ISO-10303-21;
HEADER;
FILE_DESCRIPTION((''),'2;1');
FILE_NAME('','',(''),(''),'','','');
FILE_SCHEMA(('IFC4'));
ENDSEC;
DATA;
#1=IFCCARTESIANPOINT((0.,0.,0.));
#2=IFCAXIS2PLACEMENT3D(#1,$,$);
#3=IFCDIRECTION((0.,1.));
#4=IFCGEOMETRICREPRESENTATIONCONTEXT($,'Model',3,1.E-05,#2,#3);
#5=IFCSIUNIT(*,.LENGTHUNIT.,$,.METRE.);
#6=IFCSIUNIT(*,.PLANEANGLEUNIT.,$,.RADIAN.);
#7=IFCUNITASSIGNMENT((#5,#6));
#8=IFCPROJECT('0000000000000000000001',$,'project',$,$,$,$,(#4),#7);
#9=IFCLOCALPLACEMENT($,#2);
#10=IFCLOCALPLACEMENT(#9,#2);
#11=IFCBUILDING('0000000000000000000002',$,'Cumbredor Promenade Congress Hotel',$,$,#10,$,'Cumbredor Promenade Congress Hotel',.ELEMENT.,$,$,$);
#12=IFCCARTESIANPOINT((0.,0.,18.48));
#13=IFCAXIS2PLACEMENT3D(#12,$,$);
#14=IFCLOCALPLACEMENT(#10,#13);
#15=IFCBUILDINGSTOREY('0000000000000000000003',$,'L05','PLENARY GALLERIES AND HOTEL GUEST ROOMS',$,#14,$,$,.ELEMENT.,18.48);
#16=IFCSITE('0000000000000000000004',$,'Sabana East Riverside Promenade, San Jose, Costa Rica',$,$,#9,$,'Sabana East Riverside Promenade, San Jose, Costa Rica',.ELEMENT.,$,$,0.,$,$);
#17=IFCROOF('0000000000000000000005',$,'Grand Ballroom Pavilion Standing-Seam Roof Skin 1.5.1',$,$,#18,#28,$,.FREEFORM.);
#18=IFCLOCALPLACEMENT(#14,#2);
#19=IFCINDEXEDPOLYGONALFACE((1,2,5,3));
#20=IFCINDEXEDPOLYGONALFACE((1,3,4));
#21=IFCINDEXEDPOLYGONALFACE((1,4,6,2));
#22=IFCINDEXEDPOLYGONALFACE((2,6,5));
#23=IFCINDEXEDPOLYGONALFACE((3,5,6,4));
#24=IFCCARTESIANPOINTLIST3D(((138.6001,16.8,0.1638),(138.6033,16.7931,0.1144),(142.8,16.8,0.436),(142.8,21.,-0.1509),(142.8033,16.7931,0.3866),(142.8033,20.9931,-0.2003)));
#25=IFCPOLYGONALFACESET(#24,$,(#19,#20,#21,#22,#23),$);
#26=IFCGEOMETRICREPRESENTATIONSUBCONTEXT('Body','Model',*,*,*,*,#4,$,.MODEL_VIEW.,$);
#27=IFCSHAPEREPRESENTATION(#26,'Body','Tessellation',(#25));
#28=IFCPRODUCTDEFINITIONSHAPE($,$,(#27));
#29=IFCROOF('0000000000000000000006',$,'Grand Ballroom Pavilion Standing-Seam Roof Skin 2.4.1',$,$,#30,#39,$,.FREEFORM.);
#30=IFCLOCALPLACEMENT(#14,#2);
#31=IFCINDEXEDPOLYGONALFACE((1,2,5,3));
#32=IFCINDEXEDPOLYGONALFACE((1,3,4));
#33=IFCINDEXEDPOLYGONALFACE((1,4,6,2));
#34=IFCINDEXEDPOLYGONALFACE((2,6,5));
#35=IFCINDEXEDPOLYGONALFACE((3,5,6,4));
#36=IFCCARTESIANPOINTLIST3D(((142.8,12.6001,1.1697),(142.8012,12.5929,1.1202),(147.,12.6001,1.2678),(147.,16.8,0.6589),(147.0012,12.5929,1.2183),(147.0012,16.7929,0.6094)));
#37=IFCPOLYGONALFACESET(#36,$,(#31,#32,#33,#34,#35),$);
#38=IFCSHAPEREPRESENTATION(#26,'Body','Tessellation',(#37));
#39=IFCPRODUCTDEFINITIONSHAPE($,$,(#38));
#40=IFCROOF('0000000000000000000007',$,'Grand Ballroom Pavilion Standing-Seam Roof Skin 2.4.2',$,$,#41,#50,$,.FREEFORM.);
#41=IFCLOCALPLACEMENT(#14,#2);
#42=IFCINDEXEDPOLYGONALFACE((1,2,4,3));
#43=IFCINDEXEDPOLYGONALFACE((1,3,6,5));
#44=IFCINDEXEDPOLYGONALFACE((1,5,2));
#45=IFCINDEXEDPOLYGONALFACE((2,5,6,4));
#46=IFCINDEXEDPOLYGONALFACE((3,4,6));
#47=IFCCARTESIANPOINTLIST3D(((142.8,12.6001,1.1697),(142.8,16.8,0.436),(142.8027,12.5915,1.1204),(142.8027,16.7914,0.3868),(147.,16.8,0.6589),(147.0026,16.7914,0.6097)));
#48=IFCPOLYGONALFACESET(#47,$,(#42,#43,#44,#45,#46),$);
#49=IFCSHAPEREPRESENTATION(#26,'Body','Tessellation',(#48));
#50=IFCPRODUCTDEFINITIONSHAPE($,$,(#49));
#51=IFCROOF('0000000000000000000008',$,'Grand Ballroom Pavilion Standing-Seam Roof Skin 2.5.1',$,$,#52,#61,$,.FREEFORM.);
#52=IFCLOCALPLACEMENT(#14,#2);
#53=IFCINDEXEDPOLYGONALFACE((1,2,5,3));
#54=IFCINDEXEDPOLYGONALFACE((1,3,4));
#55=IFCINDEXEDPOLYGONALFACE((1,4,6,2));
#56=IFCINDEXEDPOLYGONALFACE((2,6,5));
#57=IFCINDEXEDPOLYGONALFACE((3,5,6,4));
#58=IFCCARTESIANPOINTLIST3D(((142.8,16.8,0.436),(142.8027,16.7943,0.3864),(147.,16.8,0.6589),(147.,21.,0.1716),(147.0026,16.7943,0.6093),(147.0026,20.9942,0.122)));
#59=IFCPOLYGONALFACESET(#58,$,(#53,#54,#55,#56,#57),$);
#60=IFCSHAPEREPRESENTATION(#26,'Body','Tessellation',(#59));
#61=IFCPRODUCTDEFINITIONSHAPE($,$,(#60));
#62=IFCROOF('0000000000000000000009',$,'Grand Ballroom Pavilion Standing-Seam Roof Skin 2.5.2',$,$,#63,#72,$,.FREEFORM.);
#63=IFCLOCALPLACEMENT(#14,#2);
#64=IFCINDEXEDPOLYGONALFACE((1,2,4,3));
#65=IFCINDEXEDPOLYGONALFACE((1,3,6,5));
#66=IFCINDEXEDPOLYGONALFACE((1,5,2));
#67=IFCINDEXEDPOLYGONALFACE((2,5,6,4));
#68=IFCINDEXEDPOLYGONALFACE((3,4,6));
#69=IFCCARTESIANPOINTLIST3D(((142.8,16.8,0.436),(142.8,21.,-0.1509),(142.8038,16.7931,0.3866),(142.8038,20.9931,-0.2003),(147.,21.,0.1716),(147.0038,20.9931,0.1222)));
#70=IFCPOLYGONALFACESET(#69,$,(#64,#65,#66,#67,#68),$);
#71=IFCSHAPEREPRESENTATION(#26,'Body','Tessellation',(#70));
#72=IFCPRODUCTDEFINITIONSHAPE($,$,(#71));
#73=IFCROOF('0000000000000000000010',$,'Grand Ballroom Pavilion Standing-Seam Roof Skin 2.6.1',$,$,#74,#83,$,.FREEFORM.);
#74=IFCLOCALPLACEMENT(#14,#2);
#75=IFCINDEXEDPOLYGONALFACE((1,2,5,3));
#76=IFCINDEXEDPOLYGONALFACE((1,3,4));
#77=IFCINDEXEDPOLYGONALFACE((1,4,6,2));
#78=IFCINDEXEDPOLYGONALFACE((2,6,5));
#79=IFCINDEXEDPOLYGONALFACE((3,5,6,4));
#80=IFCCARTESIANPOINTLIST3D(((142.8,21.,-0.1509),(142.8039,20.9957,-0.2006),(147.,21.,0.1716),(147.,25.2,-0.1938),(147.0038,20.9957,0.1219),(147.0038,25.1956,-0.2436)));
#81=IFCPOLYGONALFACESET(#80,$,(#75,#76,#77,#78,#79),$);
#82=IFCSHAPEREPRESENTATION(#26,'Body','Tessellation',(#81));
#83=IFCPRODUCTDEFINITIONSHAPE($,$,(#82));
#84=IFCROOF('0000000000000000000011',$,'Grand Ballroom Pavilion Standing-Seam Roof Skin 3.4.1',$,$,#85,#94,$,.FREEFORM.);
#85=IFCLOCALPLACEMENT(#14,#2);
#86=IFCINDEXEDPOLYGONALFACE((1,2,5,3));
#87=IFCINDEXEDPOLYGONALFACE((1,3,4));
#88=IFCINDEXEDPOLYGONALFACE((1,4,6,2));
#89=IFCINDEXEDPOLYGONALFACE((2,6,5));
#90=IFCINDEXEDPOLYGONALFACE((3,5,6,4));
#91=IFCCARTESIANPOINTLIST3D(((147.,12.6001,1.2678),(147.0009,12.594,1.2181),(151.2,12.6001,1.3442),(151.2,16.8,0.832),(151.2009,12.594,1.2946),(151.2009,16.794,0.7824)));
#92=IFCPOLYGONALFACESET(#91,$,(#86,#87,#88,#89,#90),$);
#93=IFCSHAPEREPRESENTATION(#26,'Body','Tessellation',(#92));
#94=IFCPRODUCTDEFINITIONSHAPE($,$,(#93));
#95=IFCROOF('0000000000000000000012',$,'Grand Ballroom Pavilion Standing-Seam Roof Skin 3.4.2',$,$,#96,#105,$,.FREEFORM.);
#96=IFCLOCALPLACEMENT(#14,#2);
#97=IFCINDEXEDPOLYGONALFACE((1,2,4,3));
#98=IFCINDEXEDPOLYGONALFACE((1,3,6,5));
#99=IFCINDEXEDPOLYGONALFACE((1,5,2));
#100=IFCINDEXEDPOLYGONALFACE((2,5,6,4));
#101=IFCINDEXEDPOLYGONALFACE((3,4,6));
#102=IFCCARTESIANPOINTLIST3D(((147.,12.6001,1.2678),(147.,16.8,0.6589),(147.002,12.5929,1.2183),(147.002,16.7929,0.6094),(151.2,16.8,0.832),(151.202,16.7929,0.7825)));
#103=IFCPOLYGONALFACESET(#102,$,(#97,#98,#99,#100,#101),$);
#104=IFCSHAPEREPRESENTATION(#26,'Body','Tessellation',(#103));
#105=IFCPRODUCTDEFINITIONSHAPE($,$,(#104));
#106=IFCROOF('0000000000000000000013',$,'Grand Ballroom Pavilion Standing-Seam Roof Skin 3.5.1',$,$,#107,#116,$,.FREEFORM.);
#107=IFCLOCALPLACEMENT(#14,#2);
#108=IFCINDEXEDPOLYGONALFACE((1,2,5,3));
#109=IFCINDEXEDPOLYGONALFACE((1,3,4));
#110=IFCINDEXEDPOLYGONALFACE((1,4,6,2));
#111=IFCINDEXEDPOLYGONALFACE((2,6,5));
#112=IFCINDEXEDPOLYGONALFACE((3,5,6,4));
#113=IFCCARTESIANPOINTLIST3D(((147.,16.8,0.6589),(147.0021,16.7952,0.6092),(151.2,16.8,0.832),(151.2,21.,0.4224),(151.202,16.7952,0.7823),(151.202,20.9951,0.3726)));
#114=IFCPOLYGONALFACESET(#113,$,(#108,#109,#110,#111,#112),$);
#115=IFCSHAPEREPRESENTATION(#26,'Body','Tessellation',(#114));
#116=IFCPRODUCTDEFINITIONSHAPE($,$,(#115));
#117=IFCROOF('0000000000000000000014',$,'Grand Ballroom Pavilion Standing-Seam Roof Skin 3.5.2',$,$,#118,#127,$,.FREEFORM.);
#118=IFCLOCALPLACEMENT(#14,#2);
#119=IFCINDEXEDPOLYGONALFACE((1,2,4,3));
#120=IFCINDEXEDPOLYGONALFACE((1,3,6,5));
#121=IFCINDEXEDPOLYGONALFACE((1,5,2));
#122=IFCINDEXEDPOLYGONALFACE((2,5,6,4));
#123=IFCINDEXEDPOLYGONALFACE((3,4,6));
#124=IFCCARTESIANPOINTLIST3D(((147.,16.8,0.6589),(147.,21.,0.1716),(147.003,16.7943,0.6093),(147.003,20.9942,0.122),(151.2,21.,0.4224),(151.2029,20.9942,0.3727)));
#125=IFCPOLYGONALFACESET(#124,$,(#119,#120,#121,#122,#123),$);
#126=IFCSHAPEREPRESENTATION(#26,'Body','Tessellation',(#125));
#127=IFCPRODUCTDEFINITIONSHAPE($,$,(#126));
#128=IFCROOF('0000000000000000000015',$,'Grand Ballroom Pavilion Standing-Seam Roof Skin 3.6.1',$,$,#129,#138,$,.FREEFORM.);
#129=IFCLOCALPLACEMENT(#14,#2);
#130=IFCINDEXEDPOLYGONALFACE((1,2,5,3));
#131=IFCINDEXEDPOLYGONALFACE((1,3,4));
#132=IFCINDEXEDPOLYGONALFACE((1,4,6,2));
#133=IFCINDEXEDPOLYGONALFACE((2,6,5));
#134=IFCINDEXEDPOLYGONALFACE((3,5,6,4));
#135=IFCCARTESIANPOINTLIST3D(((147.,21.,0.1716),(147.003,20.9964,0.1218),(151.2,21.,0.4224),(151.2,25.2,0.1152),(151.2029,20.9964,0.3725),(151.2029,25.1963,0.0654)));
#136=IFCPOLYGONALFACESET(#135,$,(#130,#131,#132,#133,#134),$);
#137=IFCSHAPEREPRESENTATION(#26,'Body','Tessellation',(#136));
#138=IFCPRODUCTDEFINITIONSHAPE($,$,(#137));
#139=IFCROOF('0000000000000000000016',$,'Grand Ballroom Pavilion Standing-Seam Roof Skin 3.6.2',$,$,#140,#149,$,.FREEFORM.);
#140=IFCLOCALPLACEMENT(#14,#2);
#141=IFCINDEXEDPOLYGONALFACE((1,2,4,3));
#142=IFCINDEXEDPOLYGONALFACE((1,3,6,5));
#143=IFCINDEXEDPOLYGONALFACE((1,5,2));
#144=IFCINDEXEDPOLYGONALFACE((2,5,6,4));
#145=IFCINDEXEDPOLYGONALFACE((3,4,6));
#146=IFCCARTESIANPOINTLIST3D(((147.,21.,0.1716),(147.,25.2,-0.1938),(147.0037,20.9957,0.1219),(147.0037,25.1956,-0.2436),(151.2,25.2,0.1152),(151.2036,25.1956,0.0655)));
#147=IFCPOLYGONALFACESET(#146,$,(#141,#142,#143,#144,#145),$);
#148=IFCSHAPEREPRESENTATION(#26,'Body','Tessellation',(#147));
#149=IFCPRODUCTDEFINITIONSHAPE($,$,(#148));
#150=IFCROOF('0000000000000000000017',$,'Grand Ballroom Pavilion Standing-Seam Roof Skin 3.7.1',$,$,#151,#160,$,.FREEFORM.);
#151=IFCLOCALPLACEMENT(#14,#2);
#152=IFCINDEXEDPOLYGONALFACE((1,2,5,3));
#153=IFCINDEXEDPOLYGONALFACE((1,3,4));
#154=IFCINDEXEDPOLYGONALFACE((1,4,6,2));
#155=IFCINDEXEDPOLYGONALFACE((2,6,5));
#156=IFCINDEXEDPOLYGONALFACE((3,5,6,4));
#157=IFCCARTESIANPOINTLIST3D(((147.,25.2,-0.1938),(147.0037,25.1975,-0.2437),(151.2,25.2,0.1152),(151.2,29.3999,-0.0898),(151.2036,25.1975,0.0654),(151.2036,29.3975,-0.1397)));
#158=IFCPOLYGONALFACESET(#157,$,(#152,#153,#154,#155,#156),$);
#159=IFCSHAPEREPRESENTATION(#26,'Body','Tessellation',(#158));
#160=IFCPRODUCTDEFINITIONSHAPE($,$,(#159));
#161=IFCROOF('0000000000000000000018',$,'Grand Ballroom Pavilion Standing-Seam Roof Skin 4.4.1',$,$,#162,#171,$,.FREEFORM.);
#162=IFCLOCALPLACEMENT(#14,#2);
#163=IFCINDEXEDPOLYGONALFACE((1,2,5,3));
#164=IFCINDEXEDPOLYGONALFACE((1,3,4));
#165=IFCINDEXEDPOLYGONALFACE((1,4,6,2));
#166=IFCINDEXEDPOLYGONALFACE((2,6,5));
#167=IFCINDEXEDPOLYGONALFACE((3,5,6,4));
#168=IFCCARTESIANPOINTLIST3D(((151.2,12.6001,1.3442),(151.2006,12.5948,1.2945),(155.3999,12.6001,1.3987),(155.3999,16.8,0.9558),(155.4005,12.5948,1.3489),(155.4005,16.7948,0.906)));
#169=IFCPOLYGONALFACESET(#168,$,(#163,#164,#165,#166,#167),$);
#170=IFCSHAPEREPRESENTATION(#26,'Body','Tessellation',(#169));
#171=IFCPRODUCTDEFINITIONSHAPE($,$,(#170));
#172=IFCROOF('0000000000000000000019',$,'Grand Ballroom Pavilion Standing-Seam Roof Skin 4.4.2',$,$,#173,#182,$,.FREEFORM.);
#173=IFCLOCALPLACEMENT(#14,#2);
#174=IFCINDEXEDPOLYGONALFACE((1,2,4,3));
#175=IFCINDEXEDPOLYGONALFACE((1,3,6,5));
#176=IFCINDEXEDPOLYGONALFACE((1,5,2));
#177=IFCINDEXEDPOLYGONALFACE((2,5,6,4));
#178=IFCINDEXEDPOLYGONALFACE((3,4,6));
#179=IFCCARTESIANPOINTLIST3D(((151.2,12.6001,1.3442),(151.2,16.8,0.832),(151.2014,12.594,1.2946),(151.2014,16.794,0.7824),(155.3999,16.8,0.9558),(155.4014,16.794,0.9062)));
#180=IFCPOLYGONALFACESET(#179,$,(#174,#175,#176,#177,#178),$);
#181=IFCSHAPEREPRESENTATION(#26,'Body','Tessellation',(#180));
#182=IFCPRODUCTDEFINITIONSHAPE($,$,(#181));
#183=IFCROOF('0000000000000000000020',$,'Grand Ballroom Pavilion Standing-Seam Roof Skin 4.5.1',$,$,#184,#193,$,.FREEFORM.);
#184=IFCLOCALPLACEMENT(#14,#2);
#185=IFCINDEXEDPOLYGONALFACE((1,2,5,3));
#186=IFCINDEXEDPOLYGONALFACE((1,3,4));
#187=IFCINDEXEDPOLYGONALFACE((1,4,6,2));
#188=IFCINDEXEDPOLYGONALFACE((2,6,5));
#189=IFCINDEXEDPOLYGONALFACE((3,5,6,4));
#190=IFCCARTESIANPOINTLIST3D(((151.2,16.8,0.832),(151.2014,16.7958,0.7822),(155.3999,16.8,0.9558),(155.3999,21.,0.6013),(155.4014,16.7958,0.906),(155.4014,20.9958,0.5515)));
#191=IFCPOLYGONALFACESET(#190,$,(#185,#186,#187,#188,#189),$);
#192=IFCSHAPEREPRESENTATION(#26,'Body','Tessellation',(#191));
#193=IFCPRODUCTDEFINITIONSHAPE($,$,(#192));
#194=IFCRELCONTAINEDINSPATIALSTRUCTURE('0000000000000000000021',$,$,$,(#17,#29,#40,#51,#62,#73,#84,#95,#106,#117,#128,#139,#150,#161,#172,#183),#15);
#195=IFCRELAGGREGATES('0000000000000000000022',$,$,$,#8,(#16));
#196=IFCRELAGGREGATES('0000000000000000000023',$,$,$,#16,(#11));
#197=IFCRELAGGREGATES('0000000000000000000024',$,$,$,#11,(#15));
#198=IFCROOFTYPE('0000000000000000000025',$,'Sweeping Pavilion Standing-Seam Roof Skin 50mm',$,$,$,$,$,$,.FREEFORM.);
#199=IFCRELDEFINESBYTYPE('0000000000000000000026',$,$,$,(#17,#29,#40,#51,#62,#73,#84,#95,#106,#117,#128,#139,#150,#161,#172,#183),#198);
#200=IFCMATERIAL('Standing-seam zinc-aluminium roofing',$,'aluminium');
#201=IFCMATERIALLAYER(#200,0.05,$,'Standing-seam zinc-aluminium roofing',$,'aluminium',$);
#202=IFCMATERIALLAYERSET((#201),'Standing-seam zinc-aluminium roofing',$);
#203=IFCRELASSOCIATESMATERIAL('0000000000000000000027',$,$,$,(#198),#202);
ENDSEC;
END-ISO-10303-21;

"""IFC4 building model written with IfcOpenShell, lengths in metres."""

from ifc_helpers import new_model, si_unit, direction, frame, origin, place, context, subcontext, project, spatial, polyline, outline, extrude, material, layer, layer_set, type_object, element, save


model = new_model("IFC4")

# Units and contexts
model_context = context("Model", 3, precision=1e-05, world=origin(), true_north=direction((0.0, 1.0)))
body_context = subcontext(model_context, "Body", "Model", "MODEL_VIEW")
ifc_project = project(units=[si_unit("LENGTHUNIT", "METRE"), si_unit("PLANEANGLEUNIT", "RADIAN")], contexts=[model_context])

# Site, building, storey
site_placement = place(None, origin())
site = spatial("IfcSite", under=ifc_project, at=site_placement, Name="Sabana East Riverside Promenade, San Jose, Costa Rica", LongName="Sabana East Riverside Promenade, San Jose, Costa Rica", CompositionType="ELEMENT", RefElevation=0.0)
building_placement = place(site_placement, origin())
building = spatial("IfcBuilding", under=site, at=building_placement, Name="Cumbredor Promenade Congress Hotel", LongName="Cumbredor Promenade Congress Hotel", CompositionType="ELEMENT")
storey_placement = place(building_placement, frame((0.0, 0.0, 18.48)))
storey = spatial("IfcBuildingStorey", under=building, at=storey_placement, Name="L05", Description="PLENARY GALLERIES AND HOTEL GUEST ROOMS", CompositionType="ELEMENT", Elevation=18.48)

# Roofs
ifc_material_1 = material(Name="Standing-seam zinc-aluminium roofing", Category="aluminium")
ifc_layer_1 = layer(ifc_material_1, 0.05, Name="Standing-seam zinc-aluminium roofing", Category="aluminium")
ifc_layer_set_1 = layer_set([ifc_layer_1], Name="Standing-seam zinc-aluminium roofing")
roof_type = type_object("IfcRoofType", Name="Sweeping Pavilion Standing-Seam Roof Skin 50mm", PredefinedType="FREEFORM", material=ifc_layer_set_1)
roof_1_placement = place(storey_placement, frame((138.6001, 16.8, 0.1638), z_axis=(-0.064059, 0.138114, 0.988343), x_axis=(0.997906, 0.0, 0.064679)))
element("IfcRoof", 1, at=roof_1_placement, inside=storey, type_object=roof_type, Name="Grand Ballroom Pavilion Standing-Seam Roof Skin 1.5.1", PredefinedType="FREEFORM", context=body_context, shape_type="SweptSolid", body=[
    extrude(outline(polyline([(0.0, 0.0), (4.2088, 0.0), (4.1708, 4.2406), (0.0, 0.0)])), origin(), (0.0, 0.0, -1.0), 0.05),
])
roof_2_placement = place(storey_placement, frame((142.8, 12.6001, 1.1697), z_axis=(-0.02312, 0.143436, 0.989389), x_axis=(0.999727, 0.0, 0.023362)))
element("IfcRoof", 2, at=roof_2_placement, inside=storey, type_object=roof_type, Name="Grand Ballroom Pavilion Standing-Seam Roof Skin 2.4.1", PredefinedType="FREEFORM", context=body_context, shape_type="SweptSolid", body=[
    extrude(outline(polyline([(0.0, 0.0), (4.2011, 0.0), (4.1869, 4.2438), (0.0, 0.0)])), origin(), (0.0, 0.0, -1.0), 0.05),
])
roof_3_placement = place(storey_placement, frame((142.8, 12.6001, 1.1697), z_axis=(-0.052209, 0.171839, 0.983741), x_axis=(0.704507, 0.704507, -0.085673)))
element("IfcRoof", 3, at=roof_3_placement, inside=storey, type_object=roof_type, Name="Grand Ballroom Pavilion Standing-Seam Roof Skin 2.4.2", PredefinedType="FREEFORM", context=body_context, shape_type="SweptSolid", body=[
    extrude(outline(polyline([(0.0, 0.0), (5.9615, 0.0), (3.0217, 3.0078), (0.0, 0.0)])), origin(), (0.0, 0.0, -1.0), 0.05),
])
roof_4_placement = place(storey_placement, frame((142.8, 16.8, 0.436), z_axis=(-0.052645, 0.115093, 0.991959), x_axis=(0.998595, 0.0, 0.052998)))
element("IfcRoof", 4, at=roof_4_placement, inside=storey, type_object=roof_type, Name="Grand Ballroom Pavilion Standing-Seam Roof Skin 2.5.1", PredefinedType="FREEFORM", context=body_context, shape_type="SweptSolid", body=[
    extrude(outline(polyline([(0.0, 0.0), (4.2059, 0.0), (4.18, 4.228), (0.0, 0.0)])), origin(), (0.0, 0.0, -1.0), 0.05),
])
roof_5_placement = place(storey_placement, frame((142.8, 16.8, 0.436), z_axis=(-0.075831, 0.138, 0.987525), x_axis=(0.706407, 0.706407, -0.044471)))
element("IfcRoof", 5, at=roof_5_placement, inside=storey, type_object=roof_type, Name="Grand Ballroom Pavilion Standing-Seam Roof Skin 2.5.2", PredefinedType="FREEFORM", context=body_context, shape_type="SweptSolid", body=[
    extrude(outline(polyline([(0.0, 0.0), (5.9455, 0.0), (2.993, 3.0044), (0.0, 0.0)])), origin(), (0.0, 0.0, -1.0), 0.05),
])
roof_6_placement = place(storey_placement, frame((142.8, 21.0, -0.1509), z_axis=(-0.076277, 0.08644, 0.993333), x_axis=(0.997065, 0.0, 0.076564)))
element("IfcRoof", 6, at=roof_6_placement, inside=storey, type_object=roof_type, Name="Grand Ballroom Pavilion Standing-Seam Roof Skin 2.6.1", PredefinedType="FREEFORM", context=body_context, shape_type="SweptSolid", body=[
    extrude(outline(polyline([(0.0, 0.0), (4.2123, 0.0), (4.1843, 4.2157), (0.0, 0.0)])), origin(), (0.0, 0.0, -1.0), 0.05),
])
roof_7_placement = place(storey_placement, frame((147.0, 12.6001, 1.2678), z_axis=(-0.018058, 0.121039, 0.992484), x_axis=(0.999835, 0.0, 0.018191)))
element("IfcRoof", 7, at=roof_7_placement, inside=storey, type_object=roof_type, Name="Grand Ballroom Pavilion Standing-Seam Roof Skin 3.4.1", PredefinedType="FREEFORM", context=body_context, shape_type="SweptSolid", body=[
    extrude(outline(polyline([(0.0, 0.0), (4.2006, 0.0), (4.1913, 4.2311), (0.0, 0.0)])), origin(), (0.0, 0.0, -1.0), 0.05),
])
roof_8_placement = place(storey_placement, frame((147.0, 12.6001, 1.2678), z_axis=(-0.040753, 0.143356, 0.988832), x_axis=(0.705211, 0.705211, -0.073173)))
element("IfcRoof", 8, at=roof_8_placement, inside=storey, type_object=roof_type, Name="Grand Ballroom Pavilion Standing-Seam Roof Skin 3.4.2", PredefinedType="FREEFORM", context=body_context, shape_type="SweptSolid", body=[
    extrude(outline(polyline([(0.0, 0.0), (5.9556, 0.0), (3.0064, 2.9953), (0.0, 0.0)])), origin(), (0.0, 0.0, -1.0), 0.05),
])
roof_9_placement = place(storey_placement, frame((147.0, 16.8, 0.6589), z_axis=(-0.040985, 0.096999, 0.99444), x_axis=(0.999152, 0.0, 0.041179)))
element("IfcRoof", 9, at=roof_9_placement, inside=storey, type_object=roof_type, Name="Grand Ballroom Pavilion Standing-Seam Roof Skin 3.5.1", PredefinedType="FREEFORM", context=body_context, shape_type="SweptSolid", body=[
    extrude(outline(polyline([(0.0, 0.0), (4.2035, 0.0), (4.1866, 4.2198), (0.0, 0.0)])), origin(), (0.0, 0.0, -1.0), 0.05),
])
roof_10_placement = place(storey_placement, frame((147.0, 16.8, 0.6589), z_axis=(-0.059197, 0.115051, 0.991594), x_axis=(0.706547, 0.706547, -0.039798)))
element("IfcRoof", 10, at=roof_10_placement, inside=storey, type_object=roof_type, Name="Grand Ballroom Pavilion Standing-Seam Roof Skin 3.5.2", PredefinedType="FREEFORM", context=body_context, shape_type="SweptSolid", body=[
    extrude(outline(polyline([(0.0, 0.0), (5.9443, 0.0), (2.9869, 2.9926), (0.0, 0.0)])), origin(), (0.0, 0.0, -1.0), 0.05),
])
roof_11_placement = place(storey_placement, frame((147.0, 21.0, 0.1716), z_axis=(-0.059435, 0.072803, 0.995574), x_axis=(0.998223, 0.0, 0.059593)))
element("IfcRoof", 11, at=roof_11_placement, inside=storey, type_object=roof_type, Name="Grand Ballroom Pavilion Standing-Seam Roof Skin 3.6.1", PredefinedType="FREEFORM", context=body_context, shape_type="SweptSolid", body=[
    extrude(outline(polyline([(0.0, 0.0), (4.2074, 0.0), (4.1891, 4.2111), (0.0, 0.0)])), origin(), (0.0, 0.0, -1.0), 0.05),
])
roof_12_placement = place(storey_placement, frame((147.0, 21.0, 0.1716), z_axis=(-0.073119, 0.08646, 0.993568), x_axis=(0.707075, 0.707075, -0.009495)))
element("IfcRoof", 12, at=roof_12_placement, inside=storey, type_object=roof_type, Name="Grand Ballroom Pavilion Standing-Seam Roof Skin 3.6.2", PredefinedType="FREEFORM", context=body_context, shape_type="SweptSolid", body=[
    extrude(outline(polyline([(0.0, 0.0), (5.9399, 0.0), (2.9732, 2.9889), (0.0, 0.0)])), origin(), (0.0, 0.0, -1.0), 0.05),
])
roof_13_placement = place(storey_placement, frame((147.0, 25.2, -0.1938), z_axis=(-0.073306, 0.048639, 0.996123), x_axis=(0.997303, 0.0, 0.073393)))
element("IfcRoof", 13, at=roof_13_placement, inside=storey, type_object=roof_type, Name="Grand Ballroom Pavilion Standing-Seam Roof Skin 3.7.1", PredefinedType="FREEFORM", context=body_context, shape_type="SweptSolid", body=[
    extrude(outline(polyline([(0.0, 0.0), (4.2113, 0.0), (4.1963, 4.2049), (0.0, 0.0)])), origin(), (0.0, 0.0, -1.0), 0.05),
])
roof_14_placement = place(storey_placement, frame((151.2, 12.6001, 1.3442), z_axis=(-0.01289, 0.104857, 0.994404), x_axis=(0.999916, 0.0, 0.012962)))
element("IfcRoof", 14, at=roof_14_placement, inside=storey, type_object=roof_type, Name="Grand Ballroom Pavilion Standing-Seam Roof Skin 4.4.1", PredefinedType="FREEFORM", context=body_context, shape_type="SweptSolid", body=[
    extrude(outline(polyline([(0.0, 0.0), (4.2003, 0.0), (4.1946, 4.2232), (0.0, 0.0)])), origin(), (0.0, 0.0, -1.0), 0.05),
])
roof_15_placement = place(storey_placement, frame((151.2, 12.6001, 1.3442), z_axis=(-0.029242, 0.121007, 0.992221), x_axis=(0.7056, 0.7056, -0.065257)))
element("IfcRoof", 15, at=roof_15_placement, inside=storey, type_object=roof_type, Name="Grand Ballroom Pavilion Standing-Seam Roof Skin 4.4.2", PredefinedType="FREEFORM", context=body_context, shape_type="SweptSolid", body=[
    extrude(outline(polyline([(0.0, 0.0), (5.9523, 0.0), (2.9969, 2.9867), (0.0, 0.0)])), origin(), (0.0, 0.0, -1.0), 0.05),
])
roof_16_placement = place(storey_placement, frame((151.2, 16.8, 0.832), z_axis=(-0.029355, 0.084069, 0.996028), x_axis=(0.999566, 0.0, 0.029459)))
element("IfcRoof", 16, at=roof_16_placement, inside=storey, type_object=roof_type, Name="Grand Ballroom Pavilion Standing-Seam Roof Skin 4.5.1", PredefinedType="FREEFORM", context=body_context, shape_type="SweptSolid", body=[
    extrude(outline(polyline([(0.0, 0.0), (4.2018, 0.0), (4.1913, 4.2149), (0.0, 0.0)])), origin(), (0.0, 0.0, -1.0), 0.05),
])

save(model, "model.ifc")
